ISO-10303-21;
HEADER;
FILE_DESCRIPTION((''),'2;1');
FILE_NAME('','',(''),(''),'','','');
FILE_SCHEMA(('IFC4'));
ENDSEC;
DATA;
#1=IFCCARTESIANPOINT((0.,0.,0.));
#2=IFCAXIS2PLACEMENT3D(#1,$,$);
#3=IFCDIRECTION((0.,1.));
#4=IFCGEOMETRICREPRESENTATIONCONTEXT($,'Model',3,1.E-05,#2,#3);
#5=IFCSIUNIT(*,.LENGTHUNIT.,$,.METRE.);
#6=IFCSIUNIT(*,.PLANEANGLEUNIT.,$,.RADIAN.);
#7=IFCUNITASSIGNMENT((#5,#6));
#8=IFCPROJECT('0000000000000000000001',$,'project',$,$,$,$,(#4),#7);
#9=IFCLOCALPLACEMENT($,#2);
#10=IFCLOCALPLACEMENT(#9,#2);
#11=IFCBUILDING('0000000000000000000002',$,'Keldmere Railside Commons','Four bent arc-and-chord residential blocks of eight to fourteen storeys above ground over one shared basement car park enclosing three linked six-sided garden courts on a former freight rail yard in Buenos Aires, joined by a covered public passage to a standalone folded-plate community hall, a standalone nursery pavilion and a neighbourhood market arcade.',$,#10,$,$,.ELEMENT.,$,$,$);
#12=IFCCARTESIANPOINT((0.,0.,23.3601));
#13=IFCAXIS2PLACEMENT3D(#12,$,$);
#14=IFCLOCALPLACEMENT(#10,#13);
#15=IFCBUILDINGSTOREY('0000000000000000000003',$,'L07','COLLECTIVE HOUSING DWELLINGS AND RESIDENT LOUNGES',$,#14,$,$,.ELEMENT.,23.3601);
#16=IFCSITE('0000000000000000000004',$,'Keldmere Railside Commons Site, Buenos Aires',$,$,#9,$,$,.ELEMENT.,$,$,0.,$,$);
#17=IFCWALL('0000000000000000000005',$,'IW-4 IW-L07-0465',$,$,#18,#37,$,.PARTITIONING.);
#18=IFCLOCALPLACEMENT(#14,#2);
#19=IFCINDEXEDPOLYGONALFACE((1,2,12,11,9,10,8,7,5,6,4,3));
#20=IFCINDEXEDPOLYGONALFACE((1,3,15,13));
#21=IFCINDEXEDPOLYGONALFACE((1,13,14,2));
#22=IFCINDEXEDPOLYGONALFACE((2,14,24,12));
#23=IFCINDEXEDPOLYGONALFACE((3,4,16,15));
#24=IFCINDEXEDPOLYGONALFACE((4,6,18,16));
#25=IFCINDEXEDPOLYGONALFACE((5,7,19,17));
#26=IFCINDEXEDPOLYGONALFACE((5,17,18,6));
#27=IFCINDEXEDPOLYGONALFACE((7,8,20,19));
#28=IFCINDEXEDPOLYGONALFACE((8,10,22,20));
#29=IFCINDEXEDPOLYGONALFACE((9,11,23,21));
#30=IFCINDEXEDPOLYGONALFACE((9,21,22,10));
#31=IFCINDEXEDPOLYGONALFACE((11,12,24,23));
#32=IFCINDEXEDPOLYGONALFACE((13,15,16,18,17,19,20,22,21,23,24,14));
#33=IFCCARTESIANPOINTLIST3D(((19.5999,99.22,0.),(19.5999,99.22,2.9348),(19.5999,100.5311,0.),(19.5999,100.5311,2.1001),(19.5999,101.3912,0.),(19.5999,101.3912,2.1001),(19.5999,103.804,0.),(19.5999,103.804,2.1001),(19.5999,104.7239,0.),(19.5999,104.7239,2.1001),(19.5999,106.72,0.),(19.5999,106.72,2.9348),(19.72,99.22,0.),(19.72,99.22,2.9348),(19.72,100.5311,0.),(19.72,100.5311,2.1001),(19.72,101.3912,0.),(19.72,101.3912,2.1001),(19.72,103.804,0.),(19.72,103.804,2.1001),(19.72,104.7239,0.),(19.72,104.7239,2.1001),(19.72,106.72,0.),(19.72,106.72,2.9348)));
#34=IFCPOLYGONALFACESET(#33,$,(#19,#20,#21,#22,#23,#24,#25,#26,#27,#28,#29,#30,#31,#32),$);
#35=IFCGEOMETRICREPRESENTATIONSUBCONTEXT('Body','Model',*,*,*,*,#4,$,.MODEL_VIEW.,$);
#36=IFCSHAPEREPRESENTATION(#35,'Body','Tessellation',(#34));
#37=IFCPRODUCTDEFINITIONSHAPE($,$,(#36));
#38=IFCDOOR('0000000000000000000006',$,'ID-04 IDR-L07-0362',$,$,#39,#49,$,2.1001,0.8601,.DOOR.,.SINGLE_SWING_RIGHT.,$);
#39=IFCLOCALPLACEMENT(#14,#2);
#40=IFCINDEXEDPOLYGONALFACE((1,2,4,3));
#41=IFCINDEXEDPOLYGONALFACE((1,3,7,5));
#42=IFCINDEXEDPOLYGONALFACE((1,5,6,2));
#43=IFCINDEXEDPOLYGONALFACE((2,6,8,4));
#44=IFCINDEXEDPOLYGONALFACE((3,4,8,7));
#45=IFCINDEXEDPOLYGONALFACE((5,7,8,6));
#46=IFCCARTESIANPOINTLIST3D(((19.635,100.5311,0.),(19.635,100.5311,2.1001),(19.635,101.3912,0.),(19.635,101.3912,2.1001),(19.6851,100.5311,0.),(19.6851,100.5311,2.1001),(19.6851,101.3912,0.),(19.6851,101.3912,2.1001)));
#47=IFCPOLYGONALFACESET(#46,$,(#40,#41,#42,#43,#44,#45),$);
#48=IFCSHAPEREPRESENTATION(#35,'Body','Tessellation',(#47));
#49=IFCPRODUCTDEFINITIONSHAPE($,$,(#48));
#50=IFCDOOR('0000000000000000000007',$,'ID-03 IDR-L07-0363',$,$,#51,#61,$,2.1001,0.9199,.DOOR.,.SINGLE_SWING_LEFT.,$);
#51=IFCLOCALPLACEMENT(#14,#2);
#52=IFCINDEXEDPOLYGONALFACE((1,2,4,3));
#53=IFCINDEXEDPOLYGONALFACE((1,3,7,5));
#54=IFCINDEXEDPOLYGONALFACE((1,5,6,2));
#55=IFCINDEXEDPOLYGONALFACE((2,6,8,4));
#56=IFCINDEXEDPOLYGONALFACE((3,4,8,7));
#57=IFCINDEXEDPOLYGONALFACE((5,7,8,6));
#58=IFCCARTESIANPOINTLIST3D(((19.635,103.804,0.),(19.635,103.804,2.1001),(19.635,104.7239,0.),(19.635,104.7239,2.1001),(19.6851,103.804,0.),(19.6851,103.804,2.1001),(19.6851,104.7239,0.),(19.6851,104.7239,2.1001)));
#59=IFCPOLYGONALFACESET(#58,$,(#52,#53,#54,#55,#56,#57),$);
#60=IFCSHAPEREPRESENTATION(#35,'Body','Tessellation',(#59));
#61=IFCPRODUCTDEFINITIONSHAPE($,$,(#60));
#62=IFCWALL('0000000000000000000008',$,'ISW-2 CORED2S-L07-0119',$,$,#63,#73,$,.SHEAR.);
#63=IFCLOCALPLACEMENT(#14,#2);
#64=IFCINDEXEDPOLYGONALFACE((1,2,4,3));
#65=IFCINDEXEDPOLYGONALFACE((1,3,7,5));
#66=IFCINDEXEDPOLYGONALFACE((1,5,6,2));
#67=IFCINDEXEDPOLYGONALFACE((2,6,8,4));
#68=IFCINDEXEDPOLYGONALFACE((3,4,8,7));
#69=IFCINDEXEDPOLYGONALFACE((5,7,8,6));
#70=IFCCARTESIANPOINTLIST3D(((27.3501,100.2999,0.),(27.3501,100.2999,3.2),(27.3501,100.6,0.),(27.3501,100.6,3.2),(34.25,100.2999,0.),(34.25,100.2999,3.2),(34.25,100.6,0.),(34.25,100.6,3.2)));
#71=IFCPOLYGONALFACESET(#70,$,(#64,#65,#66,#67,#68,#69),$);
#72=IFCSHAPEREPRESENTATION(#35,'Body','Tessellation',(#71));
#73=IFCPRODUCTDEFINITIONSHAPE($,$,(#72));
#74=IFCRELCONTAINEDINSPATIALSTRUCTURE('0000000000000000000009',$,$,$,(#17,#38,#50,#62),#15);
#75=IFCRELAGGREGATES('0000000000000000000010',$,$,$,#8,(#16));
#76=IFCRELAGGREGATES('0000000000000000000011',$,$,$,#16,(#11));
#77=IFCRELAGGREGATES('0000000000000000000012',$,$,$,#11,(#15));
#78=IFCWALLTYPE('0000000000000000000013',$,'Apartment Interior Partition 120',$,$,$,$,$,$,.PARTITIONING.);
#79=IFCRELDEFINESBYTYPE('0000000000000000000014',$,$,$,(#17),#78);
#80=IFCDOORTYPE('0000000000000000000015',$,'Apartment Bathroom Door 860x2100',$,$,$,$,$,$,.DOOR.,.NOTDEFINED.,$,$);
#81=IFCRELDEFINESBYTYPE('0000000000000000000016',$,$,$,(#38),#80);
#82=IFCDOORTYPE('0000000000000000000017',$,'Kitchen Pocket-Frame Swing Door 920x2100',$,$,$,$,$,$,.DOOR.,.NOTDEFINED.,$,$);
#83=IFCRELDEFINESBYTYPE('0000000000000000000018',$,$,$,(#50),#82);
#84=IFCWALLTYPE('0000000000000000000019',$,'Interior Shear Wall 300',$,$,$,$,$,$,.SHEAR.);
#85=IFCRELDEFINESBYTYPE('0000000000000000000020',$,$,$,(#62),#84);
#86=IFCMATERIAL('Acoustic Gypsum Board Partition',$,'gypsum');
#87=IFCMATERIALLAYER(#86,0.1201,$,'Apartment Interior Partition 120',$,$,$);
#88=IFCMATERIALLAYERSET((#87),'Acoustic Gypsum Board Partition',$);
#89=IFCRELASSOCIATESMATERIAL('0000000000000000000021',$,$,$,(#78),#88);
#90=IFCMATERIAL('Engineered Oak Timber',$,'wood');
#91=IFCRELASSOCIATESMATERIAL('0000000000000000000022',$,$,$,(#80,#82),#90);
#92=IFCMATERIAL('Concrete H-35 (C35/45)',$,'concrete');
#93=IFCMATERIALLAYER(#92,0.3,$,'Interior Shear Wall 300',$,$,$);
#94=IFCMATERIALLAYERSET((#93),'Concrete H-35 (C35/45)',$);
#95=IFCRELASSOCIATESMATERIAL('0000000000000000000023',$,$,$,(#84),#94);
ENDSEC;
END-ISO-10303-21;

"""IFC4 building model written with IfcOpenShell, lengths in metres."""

from ifc_helpers import new_model, si_unit, direction, frame, frame_2d, origin, place, context, subcontext, project, spatial, rectangle, extrude, material, layer, layer_set, type_object, element, fill, save


model = new_model("IFC4")

# Units and contexts
model_context = context("Model", 3, precision=1e-05, world=origin(), true_north=direction((0.0, 1.0)))
body_context = subcontext(model_context, "Body", "Model", "MODEL_VIEW")
ifc_project = project(units=[si_unit("LENGTHUNIT", "METRE"), si_unit("PLANEANGLEUNIT", "RADIAN")], contexts=[model_context])

# Site, building, storey
site_placement = place(None, origin())
site = spatial("IfcSite", under=ifc_project, at=site_placement, Name="Keldmere Railside Commons Site, Buenos Aires", CompositionType="ELEMENT", RefElevation=0.0)
building_placement = place(site_placement, origin())
building = spatial("IfcBuilding", under=site, at=building_placement, Name="Keldmere Railside Commons", Description="Four bent arc-and-chord residential blocks of eight to fourteen storeys above ground over one shared basement car park enclosing three linked six-sided garden courts on a former freight rail yard in Buenos Aires, joined by a covered public passage to a standalone folded-plate community hall, a standalone nursery pavilion and a neighbourhood market arcade.", CompositionType="ELEMENT")
storey_placement = place(building_placement, frame((0.0, 0.0, 23.3601)))
storey = spatial("IfcBuildingStorey", under=building, at=storey_placement, Name="L07", Description="COLLECTIVE HOUSING DWELLINGS AND RESIDENT LOUNGES", CompositionType="ELEMENT", Elevation=23.3601)

# Shared definitions
ifc_material_1 = material(Name="Concrete H-35 (C35/45)", Category="concrete")

# Shared definitions
ifc_material_2 = material(Name="Acoustic Gypsum Board Partition", Category="gypsum")

# Wall, openings, doors
ifc_layer_1 = layer(ifc_material_2, 0.1201, Name="Apartment Interior Partition 120")
ifc_layer_set_1 = layer_set([ifc_layer_1], Name="Acoustic Gypsum Board Partition")
wall_type_1 = type_object("IfcWallType", Name="Apartment Interior Partition 120", PredefinedType="PARTITIONING", material=ifc_layer_set_1)
wall_1_placement = place(storey_placement, frame((19.6599, 99.22, 0.0), z_axis=(0.0, 0.0, 1.0), x_axis=(0.0, 1.0, 0.0)))
wall_1 = element("IfcWall", 1, at=wall_1_placement, inside=storey, type_object=wall_type_1, Name="IW-4 IW-L07-0465", PredefinedType="PARTITIONING", context=body_context, shape_type="SweptSolid", body=[
    extrude(rectangle(XDim=7.5, YDim=0.1201, at=frame_2d((3.75, 0.0))), origin(), (0.0, 0.0, 1.0), 2.9348),
])
opening_1_placement = place(wall_1_placement, frame((1.311, 0.0, 0.0)))
opening_1 = element("IfcOpeningElement", 2, at=opening_1_placement, cuts=wall_1, PredefinedType="OPENING", context=body_context, shape_type="SweptSolid", body=[
    extrude(rectangle(XDim=0.8601, YDim=2.1001, at=frame_2d((0.4302, 1.05))), frame((0.0, 0.0701, 0.0), z_axis=(0.0, -1.0, 0.0), x_axis=(1.0, 0.0, 0.0)), (0.0, 0.0, 1.0), 0.1401),
])
opening_2_placement = place(wall_1_placement, frame((4.584, 0.0, 0.0)))
opening_2 = element("IfcOpeningElement", 3, at=opening_2_placement, cuts=wall_1, PredefinedType="OPENING", context=body_context, shape_type="SweptSolid", body=[
    extrude(rectangle(XDim=0.9199, YDim=2.1001, at=frame_2d((0.46, 1.05))), frame((0.0, 0.0701, 0.0), z_axis=(0.0, -1.0, 0.0), x_axis=(1.0, 0.0, 0.0)), (0.0, 0.0, 1.0), 0.1401),
])
ifc_material_3 = material(Name="Engineered Oak Timber", Category="wood")
door_type_1 = type_object("IfcDoorType", Name="Apartment Bathroom Door 860x2100", OperationType="NOTDEFINED", PredefinedType="DOOR", material=ifc_material_3)
door_1_placement = place(opening_1_placement, origin())
door_1 = element("IfcDoor", 4, at=door_1_placement, inside=storey, type_object=door_type_1, Name="ID-04 IDR-L07-0362", OperationType="SINGLE_SWING_RIGHT", OverallHeight=2.1001, OverallWidth=0.8601, PredefinedType="DOOR", context=body_context, shape_type="SweptSolid", body=[
    extrude(rectangle(XDim=0.8601, YDim=2.1001, at=frame_2d((0.4302, 1.05))), frame((0.0, 0.0249, 0.0), z_axis=(0.0, -1.0, 0.0), x_axis=(1.0, 0.0, 0.0)), (0.0, 0.0, 1.0), 0.05),
])
fill(opening_1, door_1)
door_type_2 = type_object("IfcDoorType", Name="Kitchen Pocket-Frame Swing Door 920x2100", OperationType="NOTDEFINED", PredefinedType="DOOR", material=ifc_material_3)
door_2_placement = place(opening_2_placement, origin())
door_2 = element("IfcDoor", 5, at=door_2_placement, inside=storey, type_object=door_type_2, Name="ID-03 IDR-L07-0363", OperationType="SINGLE_SWING_LEFT", OverallHeight=2.1001, OverallWidth=0.9199, PredefinedType="DOOR", context=body_context, shape_type="SweptSolid", body=[
    extrude(rectangle(XDim=0.9199, YDim=2.1001, at=frame_2d((0.46, 1.05))), frame((0.0, 0.0249, 0.0), z_axis=(0.0, -1.0, 0.0), x_axis=(1.0, 0.0, 0.0)), (0.0, 0.0, 1.0), 0.05),
])
fill(opening_2, door_2)

# Wall
ifc_layer_2 = layer(ifc_material_1, 0.3, Name="Interior Shear Wall 300")
ifc_layer_set_2 = layer_set([ifc_layer_2], Name="Concrete H-35 (C35/45)")
wall_type_2 = type_object("IfcWallType", Name="Interior Shear Wall 300", PredefinedType="SHEAR", material=ifc_layer_set_2)
wall_2_placement = place(storey_placement, frame((27.3501, 100.45, 0.0), z_axis=(0.0, 0.0, 1.0), x_axis=(1.0, 0.0, 0.0)))
element("IfcWall", 6, at=wall_2_placement, inside=storey, type_object=wall_type_2, Name="ISW-2 CORED2S-L07-0119", PredefinedType="SHEAR", context=body_context, shape_type="SweptSolid", body=[
    extrude(rectangle(XDim=6.8999, YDim=0.3, at=frame_2d((3.45, 0.0))), origin(), (0.0, 0.0, 1.0), 3.2),
])

save(model, "model.ifc")
